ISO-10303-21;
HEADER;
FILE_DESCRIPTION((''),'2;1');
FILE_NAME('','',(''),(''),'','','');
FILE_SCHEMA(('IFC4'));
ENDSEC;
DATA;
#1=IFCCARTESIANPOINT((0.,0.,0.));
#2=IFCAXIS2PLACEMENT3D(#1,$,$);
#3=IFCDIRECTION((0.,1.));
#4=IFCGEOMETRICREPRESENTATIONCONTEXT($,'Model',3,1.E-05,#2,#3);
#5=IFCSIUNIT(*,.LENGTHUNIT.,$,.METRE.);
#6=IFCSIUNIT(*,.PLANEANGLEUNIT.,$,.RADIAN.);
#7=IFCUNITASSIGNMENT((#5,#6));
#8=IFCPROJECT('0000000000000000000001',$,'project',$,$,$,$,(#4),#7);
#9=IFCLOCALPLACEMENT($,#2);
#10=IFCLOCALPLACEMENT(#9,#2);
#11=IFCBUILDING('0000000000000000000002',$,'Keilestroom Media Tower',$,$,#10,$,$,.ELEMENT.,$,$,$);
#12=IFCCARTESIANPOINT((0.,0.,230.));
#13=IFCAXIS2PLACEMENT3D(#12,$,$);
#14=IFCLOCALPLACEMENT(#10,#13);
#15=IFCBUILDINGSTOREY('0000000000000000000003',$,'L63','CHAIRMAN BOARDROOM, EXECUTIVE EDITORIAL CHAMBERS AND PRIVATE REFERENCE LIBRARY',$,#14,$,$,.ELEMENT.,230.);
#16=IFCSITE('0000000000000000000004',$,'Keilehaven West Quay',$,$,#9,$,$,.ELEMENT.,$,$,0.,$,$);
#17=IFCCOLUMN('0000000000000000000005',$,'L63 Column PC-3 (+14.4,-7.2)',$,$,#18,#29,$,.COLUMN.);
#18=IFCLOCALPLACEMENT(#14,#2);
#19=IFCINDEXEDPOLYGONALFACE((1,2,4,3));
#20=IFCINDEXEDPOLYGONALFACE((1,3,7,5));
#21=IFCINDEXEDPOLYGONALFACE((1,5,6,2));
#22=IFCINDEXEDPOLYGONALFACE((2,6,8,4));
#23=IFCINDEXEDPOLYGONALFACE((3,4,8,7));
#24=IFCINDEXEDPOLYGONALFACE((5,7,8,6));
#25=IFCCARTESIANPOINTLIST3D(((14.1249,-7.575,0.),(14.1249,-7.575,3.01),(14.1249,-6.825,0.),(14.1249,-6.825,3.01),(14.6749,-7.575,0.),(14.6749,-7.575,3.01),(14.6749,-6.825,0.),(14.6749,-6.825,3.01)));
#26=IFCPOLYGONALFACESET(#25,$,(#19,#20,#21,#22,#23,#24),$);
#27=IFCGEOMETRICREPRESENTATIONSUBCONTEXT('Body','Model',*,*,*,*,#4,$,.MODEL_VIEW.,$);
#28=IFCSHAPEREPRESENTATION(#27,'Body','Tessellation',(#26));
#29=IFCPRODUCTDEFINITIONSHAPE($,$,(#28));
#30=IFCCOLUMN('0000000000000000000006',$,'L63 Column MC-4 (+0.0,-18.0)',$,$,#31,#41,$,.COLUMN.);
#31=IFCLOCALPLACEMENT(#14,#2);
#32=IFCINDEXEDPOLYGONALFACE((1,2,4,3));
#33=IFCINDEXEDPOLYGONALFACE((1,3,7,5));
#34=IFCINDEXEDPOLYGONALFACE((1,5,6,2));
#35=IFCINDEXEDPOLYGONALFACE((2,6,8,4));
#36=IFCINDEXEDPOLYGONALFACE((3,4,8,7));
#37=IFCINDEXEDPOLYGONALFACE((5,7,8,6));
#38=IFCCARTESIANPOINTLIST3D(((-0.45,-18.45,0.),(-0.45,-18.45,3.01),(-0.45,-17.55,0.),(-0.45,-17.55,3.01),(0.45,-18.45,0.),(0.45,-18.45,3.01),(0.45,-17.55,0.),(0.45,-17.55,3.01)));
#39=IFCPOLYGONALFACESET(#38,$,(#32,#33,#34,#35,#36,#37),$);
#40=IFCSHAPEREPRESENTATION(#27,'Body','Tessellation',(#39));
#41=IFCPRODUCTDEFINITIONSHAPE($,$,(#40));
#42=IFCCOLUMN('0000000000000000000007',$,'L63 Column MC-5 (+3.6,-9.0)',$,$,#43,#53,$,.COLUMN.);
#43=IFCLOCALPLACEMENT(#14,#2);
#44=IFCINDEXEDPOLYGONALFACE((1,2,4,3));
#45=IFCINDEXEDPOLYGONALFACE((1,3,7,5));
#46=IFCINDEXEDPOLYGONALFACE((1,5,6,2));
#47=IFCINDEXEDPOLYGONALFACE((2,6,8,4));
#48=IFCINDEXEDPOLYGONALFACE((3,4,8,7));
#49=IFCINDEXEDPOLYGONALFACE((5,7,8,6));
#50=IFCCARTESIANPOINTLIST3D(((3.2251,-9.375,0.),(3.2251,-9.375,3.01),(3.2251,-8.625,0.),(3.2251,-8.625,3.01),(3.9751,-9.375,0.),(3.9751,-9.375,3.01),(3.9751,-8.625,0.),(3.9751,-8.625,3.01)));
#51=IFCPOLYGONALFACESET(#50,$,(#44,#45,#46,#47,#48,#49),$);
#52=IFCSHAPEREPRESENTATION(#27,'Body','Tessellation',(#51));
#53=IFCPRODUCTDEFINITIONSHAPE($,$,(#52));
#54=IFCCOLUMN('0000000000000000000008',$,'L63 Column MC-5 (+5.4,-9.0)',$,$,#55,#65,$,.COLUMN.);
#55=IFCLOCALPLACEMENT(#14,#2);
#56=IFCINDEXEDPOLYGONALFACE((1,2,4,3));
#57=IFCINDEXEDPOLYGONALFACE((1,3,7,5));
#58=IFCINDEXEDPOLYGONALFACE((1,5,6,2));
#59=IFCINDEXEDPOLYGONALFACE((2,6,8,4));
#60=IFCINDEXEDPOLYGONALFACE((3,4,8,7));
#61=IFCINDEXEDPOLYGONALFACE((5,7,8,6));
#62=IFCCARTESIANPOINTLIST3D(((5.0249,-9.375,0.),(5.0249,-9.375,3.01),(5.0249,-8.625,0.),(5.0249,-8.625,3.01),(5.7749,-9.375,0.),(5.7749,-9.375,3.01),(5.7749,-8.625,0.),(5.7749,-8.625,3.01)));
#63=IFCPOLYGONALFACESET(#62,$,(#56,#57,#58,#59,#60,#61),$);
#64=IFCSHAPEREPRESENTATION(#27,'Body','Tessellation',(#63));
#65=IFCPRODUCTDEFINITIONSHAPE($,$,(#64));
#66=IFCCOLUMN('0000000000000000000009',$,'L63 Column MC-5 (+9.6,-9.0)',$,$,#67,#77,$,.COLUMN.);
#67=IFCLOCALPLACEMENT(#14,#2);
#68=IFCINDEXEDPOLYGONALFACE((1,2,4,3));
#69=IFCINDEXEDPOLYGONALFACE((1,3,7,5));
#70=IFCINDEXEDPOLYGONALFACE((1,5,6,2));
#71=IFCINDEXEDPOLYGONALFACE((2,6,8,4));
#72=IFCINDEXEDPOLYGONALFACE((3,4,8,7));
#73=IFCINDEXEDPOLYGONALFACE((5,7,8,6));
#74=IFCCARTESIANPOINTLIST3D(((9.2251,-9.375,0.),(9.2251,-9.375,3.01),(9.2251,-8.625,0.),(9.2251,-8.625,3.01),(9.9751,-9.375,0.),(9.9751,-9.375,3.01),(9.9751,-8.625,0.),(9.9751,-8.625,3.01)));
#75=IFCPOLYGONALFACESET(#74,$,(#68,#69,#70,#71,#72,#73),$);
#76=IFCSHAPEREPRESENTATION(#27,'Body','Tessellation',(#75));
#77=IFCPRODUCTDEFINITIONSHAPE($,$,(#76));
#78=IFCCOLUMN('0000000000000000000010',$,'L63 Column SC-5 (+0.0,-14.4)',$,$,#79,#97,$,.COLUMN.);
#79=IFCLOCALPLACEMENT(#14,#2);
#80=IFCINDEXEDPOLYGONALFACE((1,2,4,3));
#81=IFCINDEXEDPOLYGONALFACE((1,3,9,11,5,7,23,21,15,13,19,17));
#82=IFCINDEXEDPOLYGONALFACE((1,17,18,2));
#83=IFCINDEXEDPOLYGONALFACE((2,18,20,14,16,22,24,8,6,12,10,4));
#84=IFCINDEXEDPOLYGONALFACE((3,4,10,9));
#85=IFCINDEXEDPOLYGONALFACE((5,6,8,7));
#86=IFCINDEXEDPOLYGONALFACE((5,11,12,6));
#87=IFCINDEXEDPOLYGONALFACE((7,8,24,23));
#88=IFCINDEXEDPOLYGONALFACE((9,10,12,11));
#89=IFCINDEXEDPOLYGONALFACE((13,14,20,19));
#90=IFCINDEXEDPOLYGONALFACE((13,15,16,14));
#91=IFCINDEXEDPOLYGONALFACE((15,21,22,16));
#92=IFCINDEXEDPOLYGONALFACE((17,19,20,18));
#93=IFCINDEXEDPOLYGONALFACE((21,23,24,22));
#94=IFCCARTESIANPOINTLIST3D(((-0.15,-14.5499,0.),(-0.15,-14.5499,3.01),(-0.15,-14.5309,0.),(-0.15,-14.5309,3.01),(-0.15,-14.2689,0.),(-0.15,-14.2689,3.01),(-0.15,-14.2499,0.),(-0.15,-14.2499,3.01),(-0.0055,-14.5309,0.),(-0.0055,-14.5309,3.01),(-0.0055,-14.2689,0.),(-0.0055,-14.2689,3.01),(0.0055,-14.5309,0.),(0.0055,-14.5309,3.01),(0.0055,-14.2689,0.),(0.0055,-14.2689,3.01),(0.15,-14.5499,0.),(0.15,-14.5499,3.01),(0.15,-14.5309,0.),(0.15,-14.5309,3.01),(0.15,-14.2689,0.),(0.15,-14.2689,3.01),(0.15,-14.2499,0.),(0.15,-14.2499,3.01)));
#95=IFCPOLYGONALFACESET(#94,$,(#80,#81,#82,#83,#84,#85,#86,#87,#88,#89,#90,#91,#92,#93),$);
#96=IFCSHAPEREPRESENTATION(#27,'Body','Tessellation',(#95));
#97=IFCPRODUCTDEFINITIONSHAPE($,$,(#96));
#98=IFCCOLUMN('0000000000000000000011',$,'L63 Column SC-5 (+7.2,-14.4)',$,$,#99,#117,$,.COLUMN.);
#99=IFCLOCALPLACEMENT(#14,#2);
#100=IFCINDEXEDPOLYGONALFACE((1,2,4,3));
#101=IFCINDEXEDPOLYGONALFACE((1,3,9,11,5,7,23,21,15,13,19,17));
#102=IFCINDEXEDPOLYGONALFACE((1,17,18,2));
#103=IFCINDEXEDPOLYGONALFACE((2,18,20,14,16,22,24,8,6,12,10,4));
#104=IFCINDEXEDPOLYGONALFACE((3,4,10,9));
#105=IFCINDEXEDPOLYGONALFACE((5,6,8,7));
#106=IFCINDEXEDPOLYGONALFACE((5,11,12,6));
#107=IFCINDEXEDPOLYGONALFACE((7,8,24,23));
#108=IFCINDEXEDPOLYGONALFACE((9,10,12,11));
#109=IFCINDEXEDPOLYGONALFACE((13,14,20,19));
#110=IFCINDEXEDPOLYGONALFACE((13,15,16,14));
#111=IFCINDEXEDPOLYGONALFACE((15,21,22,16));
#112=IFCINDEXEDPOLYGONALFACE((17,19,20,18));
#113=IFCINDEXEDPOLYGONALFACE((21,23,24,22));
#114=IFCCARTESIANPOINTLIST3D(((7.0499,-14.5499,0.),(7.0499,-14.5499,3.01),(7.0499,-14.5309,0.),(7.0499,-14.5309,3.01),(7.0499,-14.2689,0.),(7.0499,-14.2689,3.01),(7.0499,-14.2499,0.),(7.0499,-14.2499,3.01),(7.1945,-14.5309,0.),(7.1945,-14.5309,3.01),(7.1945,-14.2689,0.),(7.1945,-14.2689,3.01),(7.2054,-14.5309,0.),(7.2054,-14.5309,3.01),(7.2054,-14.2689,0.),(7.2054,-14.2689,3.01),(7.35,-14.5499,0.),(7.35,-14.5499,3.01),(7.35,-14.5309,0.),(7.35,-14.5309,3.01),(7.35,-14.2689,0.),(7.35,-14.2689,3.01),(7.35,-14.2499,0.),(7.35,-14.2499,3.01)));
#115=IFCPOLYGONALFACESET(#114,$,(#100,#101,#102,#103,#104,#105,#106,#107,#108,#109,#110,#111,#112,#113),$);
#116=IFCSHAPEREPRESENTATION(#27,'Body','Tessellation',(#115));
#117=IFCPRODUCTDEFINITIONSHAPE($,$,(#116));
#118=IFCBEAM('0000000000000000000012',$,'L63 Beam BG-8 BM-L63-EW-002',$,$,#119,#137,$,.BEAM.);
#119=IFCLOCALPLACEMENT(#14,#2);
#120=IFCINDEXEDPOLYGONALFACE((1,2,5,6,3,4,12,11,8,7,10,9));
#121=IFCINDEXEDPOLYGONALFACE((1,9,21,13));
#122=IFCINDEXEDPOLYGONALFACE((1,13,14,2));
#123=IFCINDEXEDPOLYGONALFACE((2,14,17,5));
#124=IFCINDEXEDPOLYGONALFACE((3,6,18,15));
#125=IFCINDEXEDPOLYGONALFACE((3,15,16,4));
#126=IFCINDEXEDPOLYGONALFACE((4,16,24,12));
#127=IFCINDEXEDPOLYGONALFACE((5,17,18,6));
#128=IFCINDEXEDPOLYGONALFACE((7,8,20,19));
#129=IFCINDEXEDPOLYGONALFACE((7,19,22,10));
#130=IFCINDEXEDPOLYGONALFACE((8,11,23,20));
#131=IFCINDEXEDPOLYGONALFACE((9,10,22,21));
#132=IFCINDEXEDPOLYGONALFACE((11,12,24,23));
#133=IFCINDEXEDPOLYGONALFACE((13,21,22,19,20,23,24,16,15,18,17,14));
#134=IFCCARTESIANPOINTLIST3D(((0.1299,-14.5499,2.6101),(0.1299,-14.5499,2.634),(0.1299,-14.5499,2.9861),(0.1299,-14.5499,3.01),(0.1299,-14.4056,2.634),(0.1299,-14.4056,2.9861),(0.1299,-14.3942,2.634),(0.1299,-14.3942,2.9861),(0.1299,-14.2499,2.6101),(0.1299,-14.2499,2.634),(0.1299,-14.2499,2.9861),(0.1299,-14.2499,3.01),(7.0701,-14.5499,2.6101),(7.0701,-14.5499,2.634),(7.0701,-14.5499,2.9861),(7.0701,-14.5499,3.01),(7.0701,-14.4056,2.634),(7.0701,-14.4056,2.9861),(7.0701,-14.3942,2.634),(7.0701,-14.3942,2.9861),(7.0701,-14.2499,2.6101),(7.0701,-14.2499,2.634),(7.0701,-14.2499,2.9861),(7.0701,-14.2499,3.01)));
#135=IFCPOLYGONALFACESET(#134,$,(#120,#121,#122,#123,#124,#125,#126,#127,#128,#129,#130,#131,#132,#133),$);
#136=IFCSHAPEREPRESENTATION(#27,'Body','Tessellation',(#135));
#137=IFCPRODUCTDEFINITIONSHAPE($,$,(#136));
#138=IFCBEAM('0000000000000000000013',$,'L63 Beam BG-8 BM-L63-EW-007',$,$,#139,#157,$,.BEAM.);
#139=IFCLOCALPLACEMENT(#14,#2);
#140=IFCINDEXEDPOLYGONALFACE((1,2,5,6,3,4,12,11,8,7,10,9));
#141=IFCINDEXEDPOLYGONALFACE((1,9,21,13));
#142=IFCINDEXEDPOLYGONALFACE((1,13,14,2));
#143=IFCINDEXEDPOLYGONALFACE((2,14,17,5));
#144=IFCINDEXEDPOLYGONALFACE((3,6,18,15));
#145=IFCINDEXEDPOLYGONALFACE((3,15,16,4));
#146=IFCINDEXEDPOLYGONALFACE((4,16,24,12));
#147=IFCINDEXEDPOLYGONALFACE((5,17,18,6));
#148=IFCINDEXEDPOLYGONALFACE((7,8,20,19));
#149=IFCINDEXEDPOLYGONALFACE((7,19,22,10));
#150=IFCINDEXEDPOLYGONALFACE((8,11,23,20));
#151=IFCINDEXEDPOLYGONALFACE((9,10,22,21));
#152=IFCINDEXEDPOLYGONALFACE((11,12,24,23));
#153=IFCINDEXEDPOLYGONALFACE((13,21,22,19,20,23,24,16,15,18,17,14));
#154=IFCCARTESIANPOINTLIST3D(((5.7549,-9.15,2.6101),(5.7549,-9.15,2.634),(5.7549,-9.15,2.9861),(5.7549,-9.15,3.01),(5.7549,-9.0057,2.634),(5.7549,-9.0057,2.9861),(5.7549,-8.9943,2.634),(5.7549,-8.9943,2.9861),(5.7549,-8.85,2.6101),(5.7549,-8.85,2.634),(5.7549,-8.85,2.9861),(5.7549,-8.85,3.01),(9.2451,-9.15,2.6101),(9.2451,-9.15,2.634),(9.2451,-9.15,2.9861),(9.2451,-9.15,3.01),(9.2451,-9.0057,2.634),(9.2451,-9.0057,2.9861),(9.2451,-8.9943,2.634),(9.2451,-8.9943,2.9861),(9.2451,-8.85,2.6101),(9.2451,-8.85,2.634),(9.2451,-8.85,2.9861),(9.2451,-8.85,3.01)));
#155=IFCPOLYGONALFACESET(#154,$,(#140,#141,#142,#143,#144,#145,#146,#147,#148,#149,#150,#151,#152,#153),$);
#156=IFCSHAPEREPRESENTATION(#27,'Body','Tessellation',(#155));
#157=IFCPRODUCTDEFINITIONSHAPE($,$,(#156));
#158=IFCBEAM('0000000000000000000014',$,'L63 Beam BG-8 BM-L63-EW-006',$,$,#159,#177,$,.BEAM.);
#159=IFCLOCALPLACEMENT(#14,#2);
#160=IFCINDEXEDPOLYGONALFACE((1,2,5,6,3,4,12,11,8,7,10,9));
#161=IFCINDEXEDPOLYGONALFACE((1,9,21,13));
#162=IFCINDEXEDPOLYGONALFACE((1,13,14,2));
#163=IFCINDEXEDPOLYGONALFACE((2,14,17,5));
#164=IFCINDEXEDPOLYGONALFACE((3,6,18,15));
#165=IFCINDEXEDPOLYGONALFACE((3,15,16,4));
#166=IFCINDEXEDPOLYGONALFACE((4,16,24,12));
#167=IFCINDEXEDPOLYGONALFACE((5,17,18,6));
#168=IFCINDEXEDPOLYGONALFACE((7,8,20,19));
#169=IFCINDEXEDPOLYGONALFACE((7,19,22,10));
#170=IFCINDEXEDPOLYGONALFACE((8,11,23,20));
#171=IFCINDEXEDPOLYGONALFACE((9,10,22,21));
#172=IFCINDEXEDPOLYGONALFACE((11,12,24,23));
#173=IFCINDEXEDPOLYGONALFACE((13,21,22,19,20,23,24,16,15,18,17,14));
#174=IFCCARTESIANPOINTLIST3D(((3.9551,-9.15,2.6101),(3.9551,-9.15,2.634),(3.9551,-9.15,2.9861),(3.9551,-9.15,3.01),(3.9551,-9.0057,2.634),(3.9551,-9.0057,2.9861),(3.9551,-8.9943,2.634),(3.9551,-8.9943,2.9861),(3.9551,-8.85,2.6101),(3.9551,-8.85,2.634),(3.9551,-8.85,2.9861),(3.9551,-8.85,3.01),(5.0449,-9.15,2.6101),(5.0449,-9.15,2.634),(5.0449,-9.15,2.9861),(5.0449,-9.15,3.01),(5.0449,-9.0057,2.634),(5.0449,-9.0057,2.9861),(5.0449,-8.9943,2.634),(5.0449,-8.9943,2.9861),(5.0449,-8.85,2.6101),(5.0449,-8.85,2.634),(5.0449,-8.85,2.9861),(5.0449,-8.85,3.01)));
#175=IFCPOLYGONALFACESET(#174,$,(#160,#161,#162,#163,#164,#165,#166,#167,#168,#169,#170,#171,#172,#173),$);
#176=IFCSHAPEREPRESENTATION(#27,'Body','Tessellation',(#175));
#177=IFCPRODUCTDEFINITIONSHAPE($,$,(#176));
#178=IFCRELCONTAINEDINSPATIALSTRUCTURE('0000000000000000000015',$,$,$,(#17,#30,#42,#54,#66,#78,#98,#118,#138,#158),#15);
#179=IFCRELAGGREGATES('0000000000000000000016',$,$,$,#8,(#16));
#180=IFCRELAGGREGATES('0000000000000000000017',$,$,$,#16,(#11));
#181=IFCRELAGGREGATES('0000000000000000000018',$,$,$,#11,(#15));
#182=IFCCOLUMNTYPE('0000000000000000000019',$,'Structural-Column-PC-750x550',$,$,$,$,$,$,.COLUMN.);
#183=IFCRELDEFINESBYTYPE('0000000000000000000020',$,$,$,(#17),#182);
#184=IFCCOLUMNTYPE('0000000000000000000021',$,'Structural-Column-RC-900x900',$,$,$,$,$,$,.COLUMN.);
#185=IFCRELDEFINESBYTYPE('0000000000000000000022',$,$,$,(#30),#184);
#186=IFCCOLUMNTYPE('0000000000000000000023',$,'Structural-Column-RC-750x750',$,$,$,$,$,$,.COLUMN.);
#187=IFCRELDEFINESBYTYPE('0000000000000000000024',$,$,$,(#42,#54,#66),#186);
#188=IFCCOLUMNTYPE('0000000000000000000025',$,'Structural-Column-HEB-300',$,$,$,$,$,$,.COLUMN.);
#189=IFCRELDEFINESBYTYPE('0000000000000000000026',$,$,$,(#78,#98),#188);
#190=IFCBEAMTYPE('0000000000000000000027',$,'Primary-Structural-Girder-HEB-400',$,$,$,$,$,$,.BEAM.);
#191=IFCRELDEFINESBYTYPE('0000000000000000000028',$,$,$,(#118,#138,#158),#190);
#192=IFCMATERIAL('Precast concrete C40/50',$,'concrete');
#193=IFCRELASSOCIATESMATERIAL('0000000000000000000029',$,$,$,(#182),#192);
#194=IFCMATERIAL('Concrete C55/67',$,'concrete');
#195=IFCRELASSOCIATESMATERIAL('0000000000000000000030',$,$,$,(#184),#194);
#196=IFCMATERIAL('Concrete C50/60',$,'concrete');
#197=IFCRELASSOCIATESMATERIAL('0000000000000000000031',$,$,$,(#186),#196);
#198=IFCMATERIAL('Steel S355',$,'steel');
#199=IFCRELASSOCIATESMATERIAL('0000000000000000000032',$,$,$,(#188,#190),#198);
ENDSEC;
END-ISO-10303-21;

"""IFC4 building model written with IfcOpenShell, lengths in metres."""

from ifc_helpers import new_model, si_unit, direction, frame, origin, origin_2d, place, context, subcontext, project, spatial, rectangle, i_section, extrude, source, transform, mapped, material, material_profile, profile_set, type_object, element, save


model = new_model("IFC4")

# Units and contexts
model_context = context("Model", 3, precision=1e-05, world=origin(), true_north=direction((0.0, 1.0)))
body_context = subcontext(model_context, "Body", "Model", "MODEL_VIEW")
ifc_project = project(units=[si_unit("LENGTHUNIT", "METRE"), si_unit("PLANEANGLEUNIT", "RADIAN")], contexts=[model_context])

# Site, building, storey
site_placement = place(None, origin())
site = spatial("IfcSite", under=ifc_project, at=site_placement, Name="Keilehaven West Quay", CompositionType="ELEMENT", RefElevation=0.0)
building_placement = place(site_placement, origin())
building = spatial("IfcBuilding", under=site, at=building_placement, Name="Keilestroom Media Tower", CompositionType="ELEMENT")
storey_placement = place(building_placement, frame((0.0, 0.0, 230.0)))
storey = spatial("IfcBuildingStorey", under=building, at=storey_placement, Name="L63", Description="CHAIRMAN BOARDROOM, EXECUTIVE EDITORIAL CHAMBERS AND PRIVATE REFERENCE LIBRARY", CompositionType="ELEMENT", Elevation=230.0)

# Columns
ifc_material_1 = material(Name="Precast concrete C40/50", Category="concrete")
ifc_material_profile_1 = material_profile(ifc_material_1, rectangle(XDim=0.55, YDim=0.75, at=origin_2d()), Name="PC 750x550")
ifc_profile_set_1 = profile_set([ifc_material_profile_1], Name="Precast concrete C40/50")
column_type_1 = type_object("IfcColumnType", Name="Structural-Column-PC-750x550", PredefinedType="COLUMN", material=ifc_profile_set_1)
shared_shape_1 = source(origin(), body_context, "Body", "SweptSolid", [
    extrude(rectangle(XDim=0.55, YDim=0.75, at=origin_2d()), origin(), (0.0, 0.0, 1.0), 3.01),
])
column_1_placement = place(storey_placement, frame((14.3999, -7.2, 0.0), z_axis=(0.0, 0.0, 1.0), x_axis=(1.0, 0.0, 0.0)))
element("IfcColumn", 1, at=column_1_placement, inside=storey, type_object=column_type_1, Name="L63 Column PC-3 (+14.4,-7.2)", PredefinedType="COLUMN", context=body_context, shape_type="MappedRepresentation", body=[
    mapped(shared_shape_1, transform((0.0, 0.0, 0.0), x_axis=(1.0, 0.0, 0.0), y_axis=(0.0, 1.0, 0.0), z_axis=(0.0, 0.0, 1.0), scale=1.0)),
])
ifc_material_2 = material(Name="Concrete C55/67", Category="concrete")
ifc_material_profile_2 = material_profile(ifc_material_2, rectangle(XDim=0.8999, YDim=0.8999, at=origin_2d()), Name="RC 900x900")
ifc_profile_set_2 = profile_set([ifc_material_profile_2], Name="Concrete C55/67")
column_type_2 = type_object("IfcColumnType", Name="Structural-Column-RC-900x900", PredefinedType="COLUMN", material=ifc_profile_set_2)
shared_shape_2 = source(origin(), body_context, "Body", "SweptSolid", [
    extrude(rectangle(XDim=0.8999, YDim=0.8999, at=origin_2d()), origin(), (0.0, 0.0, 1.0), 3.01),
])
column_2_placement = place(storey_placement, frame((0.0, -18.0, 0.0), z_axis=(0.0, 0.0, 1.0), x_axis=(1.0, 0.0, 0.0)))
element("IfcColumn", 2, at=column_2_placement, inside=storey, type_object=column_type_2, Name="L63 Column MC-4 (+0.0,-18.0)", PredefinedType="COLUMN", context=body_context, shape_type="MappedRepresentation", body=[
    mapped(shared_shape_2, transform((0.0, 0.0, 0.0), x_axis=(1.0, 0.0, 0.0), y_axis=(0.0, 1.0, 0.0), z_axis=(0.0, 0.0, 1.0), scale=1.0)),
])
ifc_material_3 = material(Name="Concrete C50/60", Category="concrete")
ifc_material_profile_3 = material_profile(ifc_material_3, rectangle(XDim=0.75, YDim=0.75, at=origin_2d()), Name="RC 750x750")
ifc_profile_set_3 = profile_set([ifc_material_profile_3], Name="Concrete C50/60")
column_type_3 = type_object("IfcColumnType", Name="Structural-Column-RC-750x750", PredefinedType="COLUMN", material=ifc_profile_set_3)
shared_shape_3 = source(origin(), body_context, "Body", "SweptSolid", [
    extrude(rectangle(XDim=0.75, YDim=0.75, at=origin_2d()), origin(), (0.0, 0.0, 1.0), 3.01),
])
for number, where, z_axis, x_axis, name in (
    (3, (3.6001, -9.0, 0.0), (0.0, 0.0, 1.0), (1.0, 0.0, 0.0), "L63 Column MC-5 (+3.6,-9.0)"),
    (4, (5.3999, -9.0, 0.0), (0.0, 0.0, 1.0), (1.0, 0.0, 0.0), "L63 Column MC-5 (+5.4,-9.0)"),
    (5, (9.6001, -9.0, 0.0), (0.0, 0.0, 1.0), (1.0, 0.0, 0.0), "L63 Column MC-5 (+9.6,-9.0)"),
):
    element("IfcColumn", number, at=place(storey_placement, frame(where, z_axis=z_axis, x_axis=x_axis)), inside=storey, type_object=column_type_3, Name=name, PredefinedType="COLUMN", context=body_context, shape_type="MappedRepresentation", body=[
        mapped(shared_shape_3, transform((0.0, 0.0, 0.0), x_axis=(1.0, 0.0, 0.0), y_axis=(0.0, 1.0, 0.0), z_axis=(0.0, 0.0, 1.0), scale=1.0)),
    ])
ifc_material_4 = material(Name="Steel S355", Category="steel")
ifc_material_profile_4 = material_profile(ifc_material_4, i_section(OverallWidth=0.3, OverallDepth=0.3, WebThickness=0.011, FlangeThickness=0.019, at=origin_2d()), Name="HEB 300")
ifc_profile_set_4 = profile_set([ifc_material_profile_4], Name="Steel S355")
column_type_4 = type_object("IfcColumnType", Name="Structural-Column-HEB-300", PredefinedType="COLUMN", material=ifc_profile_set_4)
shared_shape_4 = source(origin(), body_context, "Body", "SweptSolid", [
    extrude(i_section(OverallWidth=0.3, OverallDepth=0.3, WebThickness=0.011, FlangeThickness=0.019, at=origin_2d()), origin(), (0.0, 0.0, 1.0), 3.01),
])
for number, where, z_axis, x_axis, name in (
    (6, (0.0, -14.3999, 0.0), (0.0, 0.0, 1.0), (1.0, 0.0, 0.0), "L63 Column SC-5 (+0.0,-14.4)"),
    (7, (7.2, -14.3999, 0.0), (0.0, 0.0, 1.0), (1.0, 0.0, 0.0), "L63 Column SC-5 (+7.2,-14.4)"),
):
    element("IfcColumn", number, at=place(storey_placement, frame(where, z_axis=z_axis, x_axis=x_axis)), inside=storey, type_object=column_type_4, Name=name, PredefinedType="COLUMN", context=body_context, shape_type="MappedRepresentation", body=[
        mapped(shared_shape_4, transform((0.0, 0.0, 0.0), x_axis=(1.0, 0.0, 0.0), y_axis=(0.0, 1.0, 0.0), z_axis=(0.0, 0.0, 1.0), scale=1.0)),
    ])

# Beams
ifc_material_profile_5 = material_profile(ifc_material_4, i_section(OverallWidth=0.3, OverallDepth=0.3999, WebThickness=0.0115, FlangeThickness=0.0239, at=origin_2d()), Name="HEB 400")
ifc_profile_set_5 = profile_set([ifc_material_profile_5], Name="Steel S355")
beam_type_1 = type_object("IfcBeamType", Name="Primary-Structural-Girder-HEB-400", PredefinedType="BEAM", material=ifc_profile_set_5)
shared_shape_5 = source(origin(), body_context, "Body", "SweptSolid", [
    extrude(i_section(OverallWidth=0.3, OverallDepth=0.3999, WebThickness=0.0115, FlangeThickness=0.0239, at=origin_2d()), origin(), (0.0, 0.0, 1.0), 6.9402),
])
beam_1_placement = place(storey_placement, frame((0.1299, -14.3999, 2.8101), z_axis=(1.0, 0.0, 0.0), x_axis=(0.0, 1.0, 0.0)))
element("IfcBeam", 8, at=beam_1_placement, inside=storey, type_object=beam_type_1, Name="L63 Beam BG-8 BM-L63-EW-002", PredefinedType="BEAM", context=body_context, shape_type="MappedRepresentation", body=[
    mapped(shared_shape_5, transform((0.0, 0.0, 0.0), x_axis=(1.0, 0.0, 0.0), y_axis=(0.0, 1.0, 0.0), z_axis=(0.0, 0.0, 1.0), scale=1.0)),
])
shared_shape_6 = source(origin(), body_context, "Body", "SweptSolid", [
    extrude(i_section(OverallWidth=0.3, OverallDepth=0.3999, WebThickness=0.0115, FlangeThickness=0.0239, at=origin_2d()), origin(), (0.0, 0.0, 1.0), 3.4902),
])
beam_2_placement = place(storey_placement, frame((5.7549, -9.0, 2.8101), z_axis=(1.0, 0.0, 0.0), x_axis=(0.0, 1.0, 0.0)))
element("IfcBeam", 9, at=beam_2_placement, inside=storey, type_object=beam_type_1, Name="L63 Beam BG-8 BM-L63-EW-007", PredefinedType="BEAM", context=body_context, shape_type="MappedRepresentation", body=[
    mapped(shared_shape_6, transform((0.0, 0.0, 0.0), x_axis=(1.0, 0.0, 0.0), y_axis=(0.0, 1.0, 0.0), z_axis=(0.0, 0.0, 1.0), scale=1.0)),
])
shared_shape_7 = source(origin(), body_context, "Body", "SweptSolid", [
    extrude(i_section(OverallWidth=0.3, OverallDepth=0.3999, WebThickness=0.0115, FlangeThickness=0.0239, at=origin_2d()), origin(), (0.0, 0.0, 1.0), 1.0898),
])
beam_3_placement = place(storey_placement, frame((3.9551, -9.0, 2.8101), z_axis=(1.0, 0.0, 0.0), x_axis=(0.0, 1.0, 0.0)))
element("IfcBeam", 10, at=beam_3_placement, inside=storey, type_object=beam_type_1, Name="L63 Beam BG-8 BM-L63-EW-006", PredefinedType="BEAM", context=body_context, shape_type="MappedRepresentation", body=[
    mapped(shared_shape_7, transform((0.0, 0.0, 0.0), x_axis=(1.0, 0.0, 0.0), y_axis=(0.0, 1.0, 0.0), z_axis=(0.0, 0.0, 1.0), scale=1.0)),
])

save(model, "model.ifc")
